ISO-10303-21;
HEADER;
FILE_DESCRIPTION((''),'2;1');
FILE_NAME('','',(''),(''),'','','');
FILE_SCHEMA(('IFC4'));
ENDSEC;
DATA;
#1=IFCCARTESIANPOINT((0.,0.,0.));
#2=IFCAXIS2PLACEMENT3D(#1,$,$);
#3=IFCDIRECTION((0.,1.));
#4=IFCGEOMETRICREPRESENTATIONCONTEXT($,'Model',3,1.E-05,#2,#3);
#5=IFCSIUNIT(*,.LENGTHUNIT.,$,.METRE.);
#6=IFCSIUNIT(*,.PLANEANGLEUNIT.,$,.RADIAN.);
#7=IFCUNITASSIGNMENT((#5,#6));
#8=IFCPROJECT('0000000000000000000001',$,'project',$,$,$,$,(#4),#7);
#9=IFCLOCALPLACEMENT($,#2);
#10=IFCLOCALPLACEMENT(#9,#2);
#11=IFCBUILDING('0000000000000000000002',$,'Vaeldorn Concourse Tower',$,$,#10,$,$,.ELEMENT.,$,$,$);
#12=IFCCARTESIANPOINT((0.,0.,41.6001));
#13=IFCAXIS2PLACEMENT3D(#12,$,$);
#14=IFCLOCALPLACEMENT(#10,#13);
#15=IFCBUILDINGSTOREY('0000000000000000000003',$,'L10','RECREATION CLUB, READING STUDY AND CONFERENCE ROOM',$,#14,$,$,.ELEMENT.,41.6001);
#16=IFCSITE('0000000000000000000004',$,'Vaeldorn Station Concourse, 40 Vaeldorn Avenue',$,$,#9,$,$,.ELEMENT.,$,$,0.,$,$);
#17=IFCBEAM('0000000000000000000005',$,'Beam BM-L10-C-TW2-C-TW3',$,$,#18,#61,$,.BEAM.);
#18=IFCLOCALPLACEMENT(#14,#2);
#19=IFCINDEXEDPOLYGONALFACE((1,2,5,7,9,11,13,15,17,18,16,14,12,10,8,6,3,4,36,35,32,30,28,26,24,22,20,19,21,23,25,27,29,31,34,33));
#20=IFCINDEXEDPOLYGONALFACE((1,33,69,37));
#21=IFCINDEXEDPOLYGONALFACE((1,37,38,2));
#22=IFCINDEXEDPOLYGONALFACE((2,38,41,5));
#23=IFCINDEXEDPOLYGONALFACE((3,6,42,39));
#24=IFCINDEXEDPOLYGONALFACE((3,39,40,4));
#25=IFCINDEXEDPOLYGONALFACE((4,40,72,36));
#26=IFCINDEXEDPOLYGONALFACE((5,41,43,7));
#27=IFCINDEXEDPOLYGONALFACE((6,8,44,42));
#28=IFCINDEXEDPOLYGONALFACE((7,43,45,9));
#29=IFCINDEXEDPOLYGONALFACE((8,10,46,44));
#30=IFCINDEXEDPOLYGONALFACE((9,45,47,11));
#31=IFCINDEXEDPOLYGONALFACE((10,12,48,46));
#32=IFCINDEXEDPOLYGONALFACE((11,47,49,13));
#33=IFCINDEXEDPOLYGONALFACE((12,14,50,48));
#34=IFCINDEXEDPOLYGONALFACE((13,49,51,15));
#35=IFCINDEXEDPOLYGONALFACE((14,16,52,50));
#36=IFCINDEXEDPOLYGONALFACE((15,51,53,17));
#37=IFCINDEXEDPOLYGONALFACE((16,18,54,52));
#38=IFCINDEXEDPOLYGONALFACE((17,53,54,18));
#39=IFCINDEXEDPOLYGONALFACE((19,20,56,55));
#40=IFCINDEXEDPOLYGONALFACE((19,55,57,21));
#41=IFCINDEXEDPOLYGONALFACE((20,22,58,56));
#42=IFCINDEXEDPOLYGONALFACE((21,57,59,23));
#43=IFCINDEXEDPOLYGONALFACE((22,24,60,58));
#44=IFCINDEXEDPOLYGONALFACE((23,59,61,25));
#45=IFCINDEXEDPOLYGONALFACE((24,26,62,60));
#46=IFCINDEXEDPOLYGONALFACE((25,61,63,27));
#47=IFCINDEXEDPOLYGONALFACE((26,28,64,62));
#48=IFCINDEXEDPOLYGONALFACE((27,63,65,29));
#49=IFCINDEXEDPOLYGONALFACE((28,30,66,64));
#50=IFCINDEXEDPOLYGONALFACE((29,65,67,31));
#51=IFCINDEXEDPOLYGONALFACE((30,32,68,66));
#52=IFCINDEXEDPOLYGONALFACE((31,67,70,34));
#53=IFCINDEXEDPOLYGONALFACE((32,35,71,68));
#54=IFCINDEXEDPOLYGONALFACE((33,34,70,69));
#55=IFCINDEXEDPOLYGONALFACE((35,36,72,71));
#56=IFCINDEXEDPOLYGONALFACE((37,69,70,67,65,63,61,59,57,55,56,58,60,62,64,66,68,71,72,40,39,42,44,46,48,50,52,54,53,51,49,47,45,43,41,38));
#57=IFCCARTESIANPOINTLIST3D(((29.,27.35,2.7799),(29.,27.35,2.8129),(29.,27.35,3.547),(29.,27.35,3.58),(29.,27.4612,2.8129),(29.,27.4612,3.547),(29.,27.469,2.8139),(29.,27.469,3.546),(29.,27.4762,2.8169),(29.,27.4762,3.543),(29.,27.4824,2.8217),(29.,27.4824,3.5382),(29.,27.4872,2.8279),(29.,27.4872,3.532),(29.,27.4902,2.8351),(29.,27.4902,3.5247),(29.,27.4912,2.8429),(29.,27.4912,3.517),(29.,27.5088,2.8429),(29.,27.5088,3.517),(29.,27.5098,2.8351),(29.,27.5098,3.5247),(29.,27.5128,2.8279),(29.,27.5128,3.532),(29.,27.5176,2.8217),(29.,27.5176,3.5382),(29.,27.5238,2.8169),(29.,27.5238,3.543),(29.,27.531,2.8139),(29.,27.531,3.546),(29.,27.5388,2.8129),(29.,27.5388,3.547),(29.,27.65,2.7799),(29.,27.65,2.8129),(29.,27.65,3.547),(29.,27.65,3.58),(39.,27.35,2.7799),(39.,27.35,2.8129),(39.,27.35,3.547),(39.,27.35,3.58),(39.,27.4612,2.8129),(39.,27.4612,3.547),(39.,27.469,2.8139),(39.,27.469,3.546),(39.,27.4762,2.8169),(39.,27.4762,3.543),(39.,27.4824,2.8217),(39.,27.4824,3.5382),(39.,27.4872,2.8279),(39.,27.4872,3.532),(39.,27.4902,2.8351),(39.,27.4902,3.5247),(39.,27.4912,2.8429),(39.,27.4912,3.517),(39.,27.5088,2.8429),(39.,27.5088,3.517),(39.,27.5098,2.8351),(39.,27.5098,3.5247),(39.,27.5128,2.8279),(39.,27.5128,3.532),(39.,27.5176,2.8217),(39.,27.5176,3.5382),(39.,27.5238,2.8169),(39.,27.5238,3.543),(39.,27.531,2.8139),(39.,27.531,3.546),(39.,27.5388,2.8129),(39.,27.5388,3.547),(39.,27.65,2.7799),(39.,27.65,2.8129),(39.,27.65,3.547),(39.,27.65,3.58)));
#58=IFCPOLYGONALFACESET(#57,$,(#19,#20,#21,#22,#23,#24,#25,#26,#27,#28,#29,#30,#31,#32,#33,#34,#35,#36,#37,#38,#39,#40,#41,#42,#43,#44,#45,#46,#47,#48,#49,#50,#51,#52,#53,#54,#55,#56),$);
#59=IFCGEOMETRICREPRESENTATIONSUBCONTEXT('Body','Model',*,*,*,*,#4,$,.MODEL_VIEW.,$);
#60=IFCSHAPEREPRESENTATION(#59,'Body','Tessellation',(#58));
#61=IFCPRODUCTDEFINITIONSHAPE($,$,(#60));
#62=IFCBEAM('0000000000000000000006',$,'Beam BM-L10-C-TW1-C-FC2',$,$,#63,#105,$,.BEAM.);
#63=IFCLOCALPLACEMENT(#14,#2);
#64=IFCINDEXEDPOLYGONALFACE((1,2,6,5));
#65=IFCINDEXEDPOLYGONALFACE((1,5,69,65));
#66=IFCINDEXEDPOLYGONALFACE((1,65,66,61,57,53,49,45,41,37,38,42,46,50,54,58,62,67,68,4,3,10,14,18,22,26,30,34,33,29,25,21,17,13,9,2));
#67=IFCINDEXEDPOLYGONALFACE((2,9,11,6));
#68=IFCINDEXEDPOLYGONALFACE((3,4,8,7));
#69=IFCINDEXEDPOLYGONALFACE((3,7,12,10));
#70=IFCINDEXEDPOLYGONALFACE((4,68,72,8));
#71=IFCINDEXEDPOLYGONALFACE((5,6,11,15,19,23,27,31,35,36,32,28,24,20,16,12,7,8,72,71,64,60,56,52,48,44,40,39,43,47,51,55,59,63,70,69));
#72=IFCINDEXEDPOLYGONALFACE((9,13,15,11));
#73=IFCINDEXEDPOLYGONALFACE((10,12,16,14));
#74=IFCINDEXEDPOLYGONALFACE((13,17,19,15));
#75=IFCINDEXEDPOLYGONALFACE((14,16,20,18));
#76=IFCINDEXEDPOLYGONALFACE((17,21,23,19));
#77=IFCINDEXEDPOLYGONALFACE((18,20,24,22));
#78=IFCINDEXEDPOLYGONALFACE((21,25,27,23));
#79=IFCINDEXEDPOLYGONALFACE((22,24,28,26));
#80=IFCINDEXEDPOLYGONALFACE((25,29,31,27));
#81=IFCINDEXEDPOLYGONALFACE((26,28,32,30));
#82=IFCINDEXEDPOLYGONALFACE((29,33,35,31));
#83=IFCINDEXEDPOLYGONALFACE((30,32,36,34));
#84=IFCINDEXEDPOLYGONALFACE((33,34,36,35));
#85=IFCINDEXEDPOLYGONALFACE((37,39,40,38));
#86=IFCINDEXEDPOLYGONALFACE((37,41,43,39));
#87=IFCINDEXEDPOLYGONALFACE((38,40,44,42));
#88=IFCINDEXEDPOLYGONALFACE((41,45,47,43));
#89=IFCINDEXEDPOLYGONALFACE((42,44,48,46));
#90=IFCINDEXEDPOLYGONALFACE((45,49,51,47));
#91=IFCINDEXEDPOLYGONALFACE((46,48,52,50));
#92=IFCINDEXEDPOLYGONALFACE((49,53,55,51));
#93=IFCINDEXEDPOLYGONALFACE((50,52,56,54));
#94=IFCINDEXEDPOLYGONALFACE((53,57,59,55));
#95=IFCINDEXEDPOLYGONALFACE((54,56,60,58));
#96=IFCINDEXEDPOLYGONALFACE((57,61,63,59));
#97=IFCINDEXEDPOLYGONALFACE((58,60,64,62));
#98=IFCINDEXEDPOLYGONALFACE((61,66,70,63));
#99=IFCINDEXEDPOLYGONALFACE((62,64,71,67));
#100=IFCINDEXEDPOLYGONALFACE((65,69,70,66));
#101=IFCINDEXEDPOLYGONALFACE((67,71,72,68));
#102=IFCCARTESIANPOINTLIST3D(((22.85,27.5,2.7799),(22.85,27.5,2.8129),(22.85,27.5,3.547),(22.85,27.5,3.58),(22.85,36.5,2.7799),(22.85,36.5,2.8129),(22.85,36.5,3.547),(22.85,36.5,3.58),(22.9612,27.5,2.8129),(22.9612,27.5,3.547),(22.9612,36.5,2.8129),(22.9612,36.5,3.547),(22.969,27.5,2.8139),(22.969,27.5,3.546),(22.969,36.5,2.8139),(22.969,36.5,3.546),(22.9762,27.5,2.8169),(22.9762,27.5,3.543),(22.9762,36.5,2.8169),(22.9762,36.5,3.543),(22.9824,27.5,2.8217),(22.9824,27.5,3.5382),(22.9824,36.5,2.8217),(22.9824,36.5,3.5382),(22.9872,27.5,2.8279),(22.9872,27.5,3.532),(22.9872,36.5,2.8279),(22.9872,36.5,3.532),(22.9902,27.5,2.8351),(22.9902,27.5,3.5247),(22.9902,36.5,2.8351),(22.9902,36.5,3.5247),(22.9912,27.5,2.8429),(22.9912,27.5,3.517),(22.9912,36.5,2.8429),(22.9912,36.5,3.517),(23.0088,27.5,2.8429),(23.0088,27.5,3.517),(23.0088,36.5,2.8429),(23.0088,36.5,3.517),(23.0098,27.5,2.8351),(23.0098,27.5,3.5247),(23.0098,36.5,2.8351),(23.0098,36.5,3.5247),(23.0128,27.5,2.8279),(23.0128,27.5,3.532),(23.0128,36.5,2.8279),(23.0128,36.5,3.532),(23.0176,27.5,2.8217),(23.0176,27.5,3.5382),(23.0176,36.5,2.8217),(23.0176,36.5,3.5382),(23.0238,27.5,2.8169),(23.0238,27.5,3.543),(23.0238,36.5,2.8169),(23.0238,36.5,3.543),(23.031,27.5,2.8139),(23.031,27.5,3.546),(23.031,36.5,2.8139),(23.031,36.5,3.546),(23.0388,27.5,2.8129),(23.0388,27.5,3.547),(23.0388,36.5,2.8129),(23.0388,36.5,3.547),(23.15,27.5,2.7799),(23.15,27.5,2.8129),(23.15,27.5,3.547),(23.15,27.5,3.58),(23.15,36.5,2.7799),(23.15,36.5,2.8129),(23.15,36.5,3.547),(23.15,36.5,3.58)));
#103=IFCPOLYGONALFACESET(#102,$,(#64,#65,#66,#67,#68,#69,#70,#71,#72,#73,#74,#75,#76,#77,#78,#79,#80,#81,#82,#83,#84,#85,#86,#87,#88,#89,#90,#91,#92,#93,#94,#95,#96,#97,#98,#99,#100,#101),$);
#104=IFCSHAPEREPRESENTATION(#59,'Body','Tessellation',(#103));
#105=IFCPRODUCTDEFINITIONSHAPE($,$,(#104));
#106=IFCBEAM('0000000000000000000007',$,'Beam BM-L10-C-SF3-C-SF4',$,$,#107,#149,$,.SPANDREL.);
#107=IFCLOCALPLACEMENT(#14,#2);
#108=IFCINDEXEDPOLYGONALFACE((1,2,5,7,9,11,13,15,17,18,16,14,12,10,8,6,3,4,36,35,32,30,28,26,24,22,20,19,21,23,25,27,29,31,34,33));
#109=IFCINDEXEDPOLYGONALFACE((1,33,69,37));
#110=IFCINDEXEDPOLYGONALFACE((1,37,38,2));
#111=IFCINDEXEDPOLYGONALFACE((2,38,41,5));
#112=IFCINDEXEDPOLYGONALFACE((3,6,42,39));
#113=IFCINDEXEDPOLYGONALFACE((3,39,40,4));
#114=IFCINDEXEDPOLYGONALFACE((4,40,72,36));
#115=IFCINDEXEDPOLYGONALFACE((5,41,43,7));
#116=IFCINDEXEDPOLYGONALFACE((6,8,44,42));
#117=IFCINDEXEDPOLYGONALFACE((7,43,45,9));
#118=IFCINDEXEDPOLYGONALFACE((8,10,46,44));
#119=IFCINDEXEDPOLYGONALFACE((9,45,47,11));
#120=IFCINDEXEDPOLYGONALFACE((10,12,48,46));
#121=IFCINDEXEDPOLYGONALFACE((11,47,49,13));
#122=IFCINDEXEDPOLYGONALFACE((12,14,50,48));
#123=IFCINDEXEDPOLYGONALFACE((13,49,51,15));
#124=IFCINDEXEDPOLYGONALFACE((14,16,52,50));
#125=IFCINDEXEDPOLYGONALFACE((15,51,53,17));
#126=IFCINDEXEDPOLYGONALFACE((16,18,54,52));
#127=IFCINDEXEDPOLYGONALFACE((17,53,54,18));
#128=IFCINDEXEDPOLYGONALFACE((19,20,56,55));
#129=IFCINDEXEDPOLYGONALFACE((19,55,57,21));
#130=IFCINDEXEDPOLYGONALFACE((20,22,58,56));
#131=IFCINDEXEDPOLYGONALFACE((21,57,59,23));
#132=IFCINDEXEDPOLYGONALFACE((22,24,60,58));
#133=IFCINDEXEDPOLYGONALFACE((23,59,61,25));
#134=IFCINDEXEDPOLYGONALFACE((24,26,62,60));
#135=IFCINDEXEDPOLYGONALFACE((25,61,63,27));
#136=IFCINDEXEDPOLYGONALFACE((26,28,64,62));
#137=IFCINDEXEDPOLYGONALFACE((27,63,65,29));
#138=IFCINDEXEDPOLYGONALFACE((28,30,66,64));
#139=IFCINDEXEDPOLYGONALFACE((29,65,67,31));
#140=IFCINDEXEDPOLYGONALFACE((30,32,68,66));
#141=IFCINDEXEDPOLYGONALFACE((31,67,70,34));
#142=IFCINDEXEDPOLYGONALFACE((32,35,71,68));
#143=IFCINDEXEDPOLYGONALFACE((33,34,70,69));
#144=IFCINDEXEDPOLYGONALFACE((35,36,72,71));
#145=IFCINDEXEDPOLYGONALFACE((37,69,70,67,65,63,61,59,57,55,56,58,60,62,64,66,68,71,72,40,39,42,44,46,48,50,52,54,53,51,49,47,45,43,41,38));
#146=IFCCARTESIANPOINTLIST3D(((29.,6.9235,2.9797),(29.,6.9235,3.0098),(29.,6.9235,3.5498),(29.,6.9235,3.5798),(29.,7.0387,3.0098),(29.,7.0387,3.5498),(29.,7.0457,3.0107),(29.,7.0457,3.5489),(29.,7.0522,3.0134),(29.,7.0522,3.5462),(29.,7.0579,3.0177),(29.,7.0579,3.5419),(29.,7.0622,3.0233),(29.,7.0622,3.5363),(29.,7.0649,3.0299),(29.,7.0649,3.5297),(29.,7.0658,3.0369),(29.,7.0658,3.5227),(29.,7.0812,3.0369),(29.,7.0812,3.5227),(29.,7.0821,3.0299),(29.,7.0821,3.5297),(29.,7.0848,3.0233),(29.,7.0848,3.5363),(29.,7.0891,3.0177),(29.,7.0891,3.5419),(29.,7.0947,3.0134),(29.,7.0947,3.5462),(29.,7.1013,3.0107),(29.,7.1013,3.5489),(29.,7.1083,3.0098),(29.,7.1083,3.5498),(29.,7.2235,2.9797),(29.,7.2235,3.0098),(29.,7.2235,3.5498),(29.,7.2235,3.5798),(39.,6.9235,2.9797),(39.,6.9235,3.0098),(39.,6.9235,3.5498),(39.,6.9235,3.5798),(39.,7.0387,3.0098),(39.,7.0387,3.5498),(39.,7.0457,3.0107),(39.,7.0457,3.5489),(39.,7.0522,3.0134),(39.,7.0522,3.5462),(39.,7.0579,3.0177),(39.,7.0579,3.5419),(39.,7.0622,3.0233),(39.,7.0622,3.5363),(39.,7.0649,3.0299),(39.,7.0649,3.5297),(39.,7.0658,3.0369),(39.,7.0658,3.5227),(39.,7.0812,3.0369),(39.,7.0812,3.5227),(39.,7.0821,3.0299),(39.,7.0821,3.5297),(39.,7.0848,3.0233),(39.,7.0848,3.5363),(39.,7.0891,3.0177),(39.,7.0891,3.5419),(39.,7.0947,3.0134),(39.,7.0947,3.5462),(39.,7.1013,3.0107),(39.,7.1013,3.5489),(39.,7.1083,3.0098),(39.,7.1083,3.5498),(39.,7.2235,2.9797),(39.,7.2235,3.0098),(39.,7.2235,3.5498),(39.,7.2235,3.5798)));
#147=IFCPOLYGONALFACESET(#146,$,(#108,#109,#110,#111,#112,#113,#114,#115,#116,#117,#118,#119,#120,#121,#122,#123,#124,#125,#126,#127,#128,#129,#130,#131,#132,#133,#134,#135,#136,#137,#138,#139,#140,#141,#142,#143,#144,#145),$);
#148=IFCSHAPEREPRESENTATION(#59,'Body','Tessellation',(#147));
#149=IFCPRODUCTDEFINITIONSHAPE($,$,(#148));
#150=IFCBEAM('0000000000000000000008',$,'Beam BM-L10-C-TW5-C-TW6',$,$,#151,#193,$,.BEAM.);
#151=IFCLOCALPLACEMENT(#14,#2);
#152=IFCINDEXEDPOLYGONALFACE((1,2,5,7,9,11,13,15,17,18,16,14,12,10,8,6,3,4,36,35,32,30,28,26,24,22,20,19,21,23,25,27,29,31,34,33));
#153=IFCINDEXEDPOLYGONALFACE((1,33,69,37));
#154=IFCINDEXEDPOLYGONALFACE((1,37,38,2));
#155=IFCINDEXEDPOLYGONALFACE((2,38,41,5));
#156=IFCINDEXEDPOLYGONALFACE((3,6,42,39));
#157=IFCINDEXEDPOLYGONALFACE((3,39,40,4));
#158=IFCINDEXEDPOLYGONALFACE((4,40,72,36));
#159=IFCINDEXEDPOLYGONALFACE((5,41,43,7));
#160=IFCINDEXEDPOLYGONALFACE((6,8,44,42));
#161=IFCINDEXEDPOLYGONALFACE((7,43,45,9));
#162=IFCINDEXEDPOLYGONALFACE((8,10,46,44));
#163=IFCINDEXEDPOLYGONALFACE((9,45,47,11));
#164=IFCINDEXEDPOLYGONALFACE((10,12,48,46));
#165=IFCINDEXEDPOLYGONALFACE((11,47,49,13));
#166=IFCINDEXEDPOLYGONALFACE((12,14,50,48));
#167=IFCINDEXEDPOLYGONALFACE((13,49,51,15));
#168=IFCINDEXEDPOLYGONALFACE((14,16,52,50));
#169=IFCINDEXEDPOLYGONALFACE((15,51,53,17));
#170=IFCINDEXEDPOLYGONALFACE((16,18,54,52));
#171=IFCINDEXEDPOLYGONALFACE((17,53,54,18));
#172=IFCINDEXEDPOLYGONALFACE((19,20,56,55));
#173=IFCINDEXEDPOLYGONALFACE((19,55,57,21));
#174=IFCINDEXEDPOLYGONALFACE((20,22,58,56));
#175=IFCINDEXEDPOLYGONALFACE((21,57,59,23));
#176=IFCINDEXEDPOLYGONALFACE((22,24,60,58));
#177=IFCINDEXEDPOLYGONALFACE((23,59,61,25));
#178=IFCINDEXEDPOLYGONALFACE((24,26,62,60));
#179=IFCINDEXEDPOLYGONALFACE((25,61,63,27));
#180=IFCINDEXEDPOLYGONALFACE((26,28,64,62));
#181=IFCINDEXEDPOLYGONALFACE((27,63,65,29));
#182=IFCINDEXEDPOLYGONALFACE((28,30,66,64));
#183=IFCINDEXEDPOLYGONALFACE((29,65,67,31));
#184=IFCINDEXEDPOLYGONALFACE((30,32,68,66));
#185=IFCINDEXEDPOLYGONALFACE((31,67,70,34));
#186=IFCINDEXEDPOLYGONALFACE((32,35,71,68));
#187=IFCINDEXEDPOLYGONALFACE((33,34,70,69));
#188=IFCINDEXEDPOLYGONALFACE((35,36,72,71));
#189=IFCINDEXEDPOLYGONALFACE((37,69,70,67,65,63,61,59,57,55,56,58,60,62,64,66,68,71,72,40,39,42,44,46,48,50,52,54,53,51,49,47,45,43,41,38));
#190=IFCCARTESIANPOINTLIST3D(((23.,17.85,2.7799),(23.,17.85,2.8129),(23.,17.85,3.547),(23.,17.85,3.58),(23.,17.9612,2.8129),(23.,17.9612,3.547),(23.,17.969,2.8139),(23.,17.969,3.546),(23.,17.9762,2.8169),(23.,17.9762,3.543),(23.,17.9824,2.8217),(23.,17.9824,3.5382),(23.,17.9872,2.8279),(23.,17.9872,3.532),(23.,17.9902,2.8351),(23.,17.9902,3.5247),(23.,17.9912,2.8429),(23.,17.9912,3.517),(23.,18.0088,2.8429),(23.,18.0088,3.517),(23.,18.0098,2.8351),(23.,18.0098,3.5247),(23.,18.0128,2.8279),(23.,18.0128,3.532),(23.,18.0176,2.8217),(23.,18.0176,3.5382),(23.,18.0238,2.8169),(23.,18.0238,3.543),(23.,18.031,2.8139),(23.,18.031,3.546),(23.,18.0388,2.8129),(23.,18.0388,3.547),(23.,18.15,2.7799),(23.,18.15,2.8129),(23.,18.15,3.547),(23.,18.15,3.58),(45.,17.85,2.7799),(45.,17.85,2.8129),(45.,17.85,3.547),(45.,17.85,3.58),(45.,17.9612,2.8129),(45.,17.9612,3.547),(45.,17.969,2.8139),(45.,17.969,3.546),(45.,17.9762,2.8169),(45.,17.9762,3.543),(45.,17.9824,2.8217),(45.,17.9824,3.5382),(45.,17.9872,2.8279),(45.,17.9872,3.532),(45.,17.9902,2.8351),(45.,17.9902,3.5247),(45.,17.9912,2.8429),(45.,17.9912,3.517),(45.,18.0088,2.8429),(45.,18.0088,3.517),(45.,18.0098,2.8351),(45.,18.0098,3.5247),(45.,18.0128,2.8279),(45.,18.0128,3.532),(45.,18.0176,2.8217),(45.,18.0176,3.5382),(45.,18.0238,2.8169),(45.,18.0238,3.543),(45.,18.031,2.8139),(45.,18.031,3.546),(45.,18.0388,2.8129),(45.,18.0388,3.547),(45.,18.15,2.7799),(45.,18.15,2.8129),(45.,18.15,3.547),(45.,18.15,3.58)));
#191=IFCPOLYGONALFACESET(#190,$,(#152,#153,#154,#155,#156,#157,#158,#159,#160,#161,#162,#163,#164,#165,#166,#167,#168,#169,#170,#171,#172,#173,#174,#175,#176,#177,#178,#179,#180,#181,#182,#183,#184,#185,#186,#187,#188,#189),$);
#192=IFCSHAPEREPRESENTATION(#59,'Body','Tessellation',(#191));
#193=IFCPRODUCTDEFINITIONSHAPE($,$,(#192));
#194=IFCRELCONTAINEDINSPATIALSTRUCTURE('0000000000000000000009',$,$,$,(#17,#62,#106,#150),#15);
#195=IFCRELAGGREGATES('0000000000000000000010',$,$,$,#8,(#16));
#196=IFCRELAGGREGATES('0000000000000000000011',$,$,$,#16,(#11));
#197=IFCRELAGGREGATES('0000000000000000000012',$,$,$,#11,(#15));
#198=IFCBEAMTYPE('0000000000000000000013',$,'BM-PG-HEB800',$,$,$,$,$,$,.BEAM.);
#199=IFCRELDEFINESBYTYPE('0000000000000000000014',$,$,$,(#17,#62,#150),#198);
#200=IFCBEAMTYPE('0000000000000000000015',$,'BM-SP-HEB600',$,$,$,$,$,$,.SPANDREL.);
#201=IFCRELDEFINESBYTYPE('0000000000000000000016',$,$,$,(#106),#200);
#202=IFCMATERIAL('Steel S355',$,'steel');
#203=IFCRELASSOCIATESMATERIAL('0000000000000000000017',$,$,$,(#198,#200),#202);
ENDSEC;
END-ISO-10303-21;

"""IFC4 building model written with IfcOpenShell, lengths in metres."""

from ifc_helpers import new_model, si_unit, direction, frame, origin, origin_2d, place, context, subcontext, project, spatial, i_section, extrude, source, transform, mapped, material, material_profile, profile_set, type_object, element, save


model = new_model("IFC4")

# Units and contexts
model_context = context("Model", 3, precision=1e-05, world=origin(), true_north=direction((0.0, 1.0)))
body_context = subcontext(model_context, "Body", "Model", "MODEL_VIEW")
ifc_project = project(units=[si_unit("LENGTHUNIT", "METRE"), si_unit("PLANEANGLEUNIT", "RADIAN")], contexts=[model_context])

# Site, building, storey
site_placement = place(None, origin())
site = spatial("IfcSite", under=ifc_project, at=site_placement, Name="Vaeldorn Station Concourse, 40 Vaeldorn Avenue", CompositionType="ELEMENT", RefElevation=0.0)
building_placement = place(site_placement, origin())
building = spatial("IfcBuilding", under=site, at=building_placement, Name="Vaeldorn Concourse Tower", CompositionType="ELEMENT")
storey_placement = place(building_placement, frame((0.0, 0.0, 41.6001)))
storey = spatial("IfcBuildingStorey", under=building, at=storey_placement, Name="L10", Description="RECREATION CLUB, READING STUDY AND CONFERENCE ROOM", CompositionType="ELEMENT", Elevation=41.6001)

# Beams
ifc_material_1 = material(Name="Steel S355", Category="steel")
ifc_material_profile_1 = material_profile(ifc_material_1, i_section(OverallWidth=0.3, OverallDepth=0.8, WebThickness=0.0176, FlangeThickness=0.033, FilletRadius=0.03, at=origin_2d()), Name="HEB 800")
ifc_profile_set_1 = profile_set([ifc_material_profile_1], Name="Steel S355")
beam_type_1 = type_object("IfcBeamType", Name="BM-PG-HEB800", PredefinedType="BEAM", material=ifc_profile_set_1)
shared_shape_1 = source(origin(), body_context, "Body", "SweptSolid", [
    extrude(i_section(OverallWidth=0.3, OverallDepth=0.8, WebThickness=0.0176, FlangeThickness=0.033, FilletRadius=0.03, at=origin_2d()), origin(), (0.0, 0.0, 1.0), 10.0),
])
beam_1_placement = place(storey_placement, frame((29.0, 27.5, 3.1799), z_axis=(1.0, 0.0, 0.0), x_axis=(0.0, 1.0, 0.0)))
element("IfcBeam", 1, at=beam_1_placement, inside=storey, type_object=beam_type_1, Name="Beam BM-L10-C-TW2-C-TW3", PredefinedType="BEAM", context=body_context, shape_type="MappedRepresentation", body=[
    mapped(shared_shape_1, transform((0.0, 0.0, 0.0), scale=1.0)),
])
shared_shape_2 = source(origin(), body_context, "Body", "SweptSolid", [
    extrude(i_section(OverallWidth=0.3, OverallDepth=0.8, WebThickness=0.0176, FlangeThickness=0.033, FilletRadius=0.03, at=origin_2d()), origin(), (0.0, 0.0, 1.0), 9.0),
])
beam_2_placement = place(storey_placement, frame((23.0, 27.5, 3.1799), z_axis=(0.0, 1.0, 0.0), x_axis=(-1.0, 0.0, 0.0)))
element("IfcBeam", 2, at=beam_2_placement, inside=storey, type_object=beam_type_1, Name="Beam BM-L10-C-TW1-C-FC2", PredefinedType="BEAM", context=body_context, shape_type="MappedRepresentation", body=[
    mapped(shared_shape_2, transform((0.0, 0.0, 0.0), scale=1.0)),
])
ifc_material_profile_2 = material_profile(ifc_material_1, i_section(OverallWidth=0.3, OverallDepth=0.6001, WebThickness=0.0154, FlangeThickness=0.03, FilletRadius=0.0271, at=origin_2d()), Name="HEB 600")
ifc_profile_set_2 = profile_set([ifc_material_profile_2], Name="Steel S355")
beam_type_2 = type_object("IfcBeamType", Name="BM-SP-HEB600", PredefinedType="SPANDREL", material=ifc_profile_set_2)
shared_shape_3 = source(origin(), body_context, "Body", "SweptSolid", [
    extrude(i_section(OverallWidth=0.3, OverallDepth=0.6001, WebThickness=0.0154, FlangeThickness=0.03, FilletRadius=0.0271, at=origin_2d()), origin(), (0.0, 0.0, 1.0), 10.0),
])
beam_3_placement = place(storey_placement, frame((29.0, 7.0735, 3.2798), z_axis=(1.0, 0.0, 0.0), x_axis=(0.0, 1.0, 0.0)))
element("IfcBeam", 3, at=beam_3_placement, inside=storey, type_object=beam_type_2, Name="Beam BM-L10-C-SF3-C-SF4", PredefinedType="SPANDREL", context=body_context, shape_type="MappedRepresentation", body=[
    mapped(shared_shape_3, transform((0.0, 0.0, 0.0), scale=1.0)),
])
shared_shape_4 = source(origin(), body_context, "Body", "SweptSolid", [
    extrude(i_section(OverallWidth=0.3, OverallDepth=0.8, WebThickness=0.0176, FlangeThickness=0.033, FilletRadius=0.03, at=origin_2d()), origin(), (0.0, 0.0, 1.0), 22.0),
])
beam_4_placement = place(storey_placement, frame((23.0, 18.0, 3.1799), z_axis=(1.0, 0.0, 0.0), x_axis=(0.0, 1.0, 0.0)))
element("IfcBeam", 4, at=beam_4_placement, inside=storey, type_object=beam_type_1, Name="Beam BM-L10-C-TW5-C-TW6", PredefinedType="BEAM", context=body_context, shape_type="MappedRepresentation", body=[
    mapped(shared_shape_4, transform((0.0, 0.0, 0.0), scale=1.0)),
])

save(model, "model.ifc")
